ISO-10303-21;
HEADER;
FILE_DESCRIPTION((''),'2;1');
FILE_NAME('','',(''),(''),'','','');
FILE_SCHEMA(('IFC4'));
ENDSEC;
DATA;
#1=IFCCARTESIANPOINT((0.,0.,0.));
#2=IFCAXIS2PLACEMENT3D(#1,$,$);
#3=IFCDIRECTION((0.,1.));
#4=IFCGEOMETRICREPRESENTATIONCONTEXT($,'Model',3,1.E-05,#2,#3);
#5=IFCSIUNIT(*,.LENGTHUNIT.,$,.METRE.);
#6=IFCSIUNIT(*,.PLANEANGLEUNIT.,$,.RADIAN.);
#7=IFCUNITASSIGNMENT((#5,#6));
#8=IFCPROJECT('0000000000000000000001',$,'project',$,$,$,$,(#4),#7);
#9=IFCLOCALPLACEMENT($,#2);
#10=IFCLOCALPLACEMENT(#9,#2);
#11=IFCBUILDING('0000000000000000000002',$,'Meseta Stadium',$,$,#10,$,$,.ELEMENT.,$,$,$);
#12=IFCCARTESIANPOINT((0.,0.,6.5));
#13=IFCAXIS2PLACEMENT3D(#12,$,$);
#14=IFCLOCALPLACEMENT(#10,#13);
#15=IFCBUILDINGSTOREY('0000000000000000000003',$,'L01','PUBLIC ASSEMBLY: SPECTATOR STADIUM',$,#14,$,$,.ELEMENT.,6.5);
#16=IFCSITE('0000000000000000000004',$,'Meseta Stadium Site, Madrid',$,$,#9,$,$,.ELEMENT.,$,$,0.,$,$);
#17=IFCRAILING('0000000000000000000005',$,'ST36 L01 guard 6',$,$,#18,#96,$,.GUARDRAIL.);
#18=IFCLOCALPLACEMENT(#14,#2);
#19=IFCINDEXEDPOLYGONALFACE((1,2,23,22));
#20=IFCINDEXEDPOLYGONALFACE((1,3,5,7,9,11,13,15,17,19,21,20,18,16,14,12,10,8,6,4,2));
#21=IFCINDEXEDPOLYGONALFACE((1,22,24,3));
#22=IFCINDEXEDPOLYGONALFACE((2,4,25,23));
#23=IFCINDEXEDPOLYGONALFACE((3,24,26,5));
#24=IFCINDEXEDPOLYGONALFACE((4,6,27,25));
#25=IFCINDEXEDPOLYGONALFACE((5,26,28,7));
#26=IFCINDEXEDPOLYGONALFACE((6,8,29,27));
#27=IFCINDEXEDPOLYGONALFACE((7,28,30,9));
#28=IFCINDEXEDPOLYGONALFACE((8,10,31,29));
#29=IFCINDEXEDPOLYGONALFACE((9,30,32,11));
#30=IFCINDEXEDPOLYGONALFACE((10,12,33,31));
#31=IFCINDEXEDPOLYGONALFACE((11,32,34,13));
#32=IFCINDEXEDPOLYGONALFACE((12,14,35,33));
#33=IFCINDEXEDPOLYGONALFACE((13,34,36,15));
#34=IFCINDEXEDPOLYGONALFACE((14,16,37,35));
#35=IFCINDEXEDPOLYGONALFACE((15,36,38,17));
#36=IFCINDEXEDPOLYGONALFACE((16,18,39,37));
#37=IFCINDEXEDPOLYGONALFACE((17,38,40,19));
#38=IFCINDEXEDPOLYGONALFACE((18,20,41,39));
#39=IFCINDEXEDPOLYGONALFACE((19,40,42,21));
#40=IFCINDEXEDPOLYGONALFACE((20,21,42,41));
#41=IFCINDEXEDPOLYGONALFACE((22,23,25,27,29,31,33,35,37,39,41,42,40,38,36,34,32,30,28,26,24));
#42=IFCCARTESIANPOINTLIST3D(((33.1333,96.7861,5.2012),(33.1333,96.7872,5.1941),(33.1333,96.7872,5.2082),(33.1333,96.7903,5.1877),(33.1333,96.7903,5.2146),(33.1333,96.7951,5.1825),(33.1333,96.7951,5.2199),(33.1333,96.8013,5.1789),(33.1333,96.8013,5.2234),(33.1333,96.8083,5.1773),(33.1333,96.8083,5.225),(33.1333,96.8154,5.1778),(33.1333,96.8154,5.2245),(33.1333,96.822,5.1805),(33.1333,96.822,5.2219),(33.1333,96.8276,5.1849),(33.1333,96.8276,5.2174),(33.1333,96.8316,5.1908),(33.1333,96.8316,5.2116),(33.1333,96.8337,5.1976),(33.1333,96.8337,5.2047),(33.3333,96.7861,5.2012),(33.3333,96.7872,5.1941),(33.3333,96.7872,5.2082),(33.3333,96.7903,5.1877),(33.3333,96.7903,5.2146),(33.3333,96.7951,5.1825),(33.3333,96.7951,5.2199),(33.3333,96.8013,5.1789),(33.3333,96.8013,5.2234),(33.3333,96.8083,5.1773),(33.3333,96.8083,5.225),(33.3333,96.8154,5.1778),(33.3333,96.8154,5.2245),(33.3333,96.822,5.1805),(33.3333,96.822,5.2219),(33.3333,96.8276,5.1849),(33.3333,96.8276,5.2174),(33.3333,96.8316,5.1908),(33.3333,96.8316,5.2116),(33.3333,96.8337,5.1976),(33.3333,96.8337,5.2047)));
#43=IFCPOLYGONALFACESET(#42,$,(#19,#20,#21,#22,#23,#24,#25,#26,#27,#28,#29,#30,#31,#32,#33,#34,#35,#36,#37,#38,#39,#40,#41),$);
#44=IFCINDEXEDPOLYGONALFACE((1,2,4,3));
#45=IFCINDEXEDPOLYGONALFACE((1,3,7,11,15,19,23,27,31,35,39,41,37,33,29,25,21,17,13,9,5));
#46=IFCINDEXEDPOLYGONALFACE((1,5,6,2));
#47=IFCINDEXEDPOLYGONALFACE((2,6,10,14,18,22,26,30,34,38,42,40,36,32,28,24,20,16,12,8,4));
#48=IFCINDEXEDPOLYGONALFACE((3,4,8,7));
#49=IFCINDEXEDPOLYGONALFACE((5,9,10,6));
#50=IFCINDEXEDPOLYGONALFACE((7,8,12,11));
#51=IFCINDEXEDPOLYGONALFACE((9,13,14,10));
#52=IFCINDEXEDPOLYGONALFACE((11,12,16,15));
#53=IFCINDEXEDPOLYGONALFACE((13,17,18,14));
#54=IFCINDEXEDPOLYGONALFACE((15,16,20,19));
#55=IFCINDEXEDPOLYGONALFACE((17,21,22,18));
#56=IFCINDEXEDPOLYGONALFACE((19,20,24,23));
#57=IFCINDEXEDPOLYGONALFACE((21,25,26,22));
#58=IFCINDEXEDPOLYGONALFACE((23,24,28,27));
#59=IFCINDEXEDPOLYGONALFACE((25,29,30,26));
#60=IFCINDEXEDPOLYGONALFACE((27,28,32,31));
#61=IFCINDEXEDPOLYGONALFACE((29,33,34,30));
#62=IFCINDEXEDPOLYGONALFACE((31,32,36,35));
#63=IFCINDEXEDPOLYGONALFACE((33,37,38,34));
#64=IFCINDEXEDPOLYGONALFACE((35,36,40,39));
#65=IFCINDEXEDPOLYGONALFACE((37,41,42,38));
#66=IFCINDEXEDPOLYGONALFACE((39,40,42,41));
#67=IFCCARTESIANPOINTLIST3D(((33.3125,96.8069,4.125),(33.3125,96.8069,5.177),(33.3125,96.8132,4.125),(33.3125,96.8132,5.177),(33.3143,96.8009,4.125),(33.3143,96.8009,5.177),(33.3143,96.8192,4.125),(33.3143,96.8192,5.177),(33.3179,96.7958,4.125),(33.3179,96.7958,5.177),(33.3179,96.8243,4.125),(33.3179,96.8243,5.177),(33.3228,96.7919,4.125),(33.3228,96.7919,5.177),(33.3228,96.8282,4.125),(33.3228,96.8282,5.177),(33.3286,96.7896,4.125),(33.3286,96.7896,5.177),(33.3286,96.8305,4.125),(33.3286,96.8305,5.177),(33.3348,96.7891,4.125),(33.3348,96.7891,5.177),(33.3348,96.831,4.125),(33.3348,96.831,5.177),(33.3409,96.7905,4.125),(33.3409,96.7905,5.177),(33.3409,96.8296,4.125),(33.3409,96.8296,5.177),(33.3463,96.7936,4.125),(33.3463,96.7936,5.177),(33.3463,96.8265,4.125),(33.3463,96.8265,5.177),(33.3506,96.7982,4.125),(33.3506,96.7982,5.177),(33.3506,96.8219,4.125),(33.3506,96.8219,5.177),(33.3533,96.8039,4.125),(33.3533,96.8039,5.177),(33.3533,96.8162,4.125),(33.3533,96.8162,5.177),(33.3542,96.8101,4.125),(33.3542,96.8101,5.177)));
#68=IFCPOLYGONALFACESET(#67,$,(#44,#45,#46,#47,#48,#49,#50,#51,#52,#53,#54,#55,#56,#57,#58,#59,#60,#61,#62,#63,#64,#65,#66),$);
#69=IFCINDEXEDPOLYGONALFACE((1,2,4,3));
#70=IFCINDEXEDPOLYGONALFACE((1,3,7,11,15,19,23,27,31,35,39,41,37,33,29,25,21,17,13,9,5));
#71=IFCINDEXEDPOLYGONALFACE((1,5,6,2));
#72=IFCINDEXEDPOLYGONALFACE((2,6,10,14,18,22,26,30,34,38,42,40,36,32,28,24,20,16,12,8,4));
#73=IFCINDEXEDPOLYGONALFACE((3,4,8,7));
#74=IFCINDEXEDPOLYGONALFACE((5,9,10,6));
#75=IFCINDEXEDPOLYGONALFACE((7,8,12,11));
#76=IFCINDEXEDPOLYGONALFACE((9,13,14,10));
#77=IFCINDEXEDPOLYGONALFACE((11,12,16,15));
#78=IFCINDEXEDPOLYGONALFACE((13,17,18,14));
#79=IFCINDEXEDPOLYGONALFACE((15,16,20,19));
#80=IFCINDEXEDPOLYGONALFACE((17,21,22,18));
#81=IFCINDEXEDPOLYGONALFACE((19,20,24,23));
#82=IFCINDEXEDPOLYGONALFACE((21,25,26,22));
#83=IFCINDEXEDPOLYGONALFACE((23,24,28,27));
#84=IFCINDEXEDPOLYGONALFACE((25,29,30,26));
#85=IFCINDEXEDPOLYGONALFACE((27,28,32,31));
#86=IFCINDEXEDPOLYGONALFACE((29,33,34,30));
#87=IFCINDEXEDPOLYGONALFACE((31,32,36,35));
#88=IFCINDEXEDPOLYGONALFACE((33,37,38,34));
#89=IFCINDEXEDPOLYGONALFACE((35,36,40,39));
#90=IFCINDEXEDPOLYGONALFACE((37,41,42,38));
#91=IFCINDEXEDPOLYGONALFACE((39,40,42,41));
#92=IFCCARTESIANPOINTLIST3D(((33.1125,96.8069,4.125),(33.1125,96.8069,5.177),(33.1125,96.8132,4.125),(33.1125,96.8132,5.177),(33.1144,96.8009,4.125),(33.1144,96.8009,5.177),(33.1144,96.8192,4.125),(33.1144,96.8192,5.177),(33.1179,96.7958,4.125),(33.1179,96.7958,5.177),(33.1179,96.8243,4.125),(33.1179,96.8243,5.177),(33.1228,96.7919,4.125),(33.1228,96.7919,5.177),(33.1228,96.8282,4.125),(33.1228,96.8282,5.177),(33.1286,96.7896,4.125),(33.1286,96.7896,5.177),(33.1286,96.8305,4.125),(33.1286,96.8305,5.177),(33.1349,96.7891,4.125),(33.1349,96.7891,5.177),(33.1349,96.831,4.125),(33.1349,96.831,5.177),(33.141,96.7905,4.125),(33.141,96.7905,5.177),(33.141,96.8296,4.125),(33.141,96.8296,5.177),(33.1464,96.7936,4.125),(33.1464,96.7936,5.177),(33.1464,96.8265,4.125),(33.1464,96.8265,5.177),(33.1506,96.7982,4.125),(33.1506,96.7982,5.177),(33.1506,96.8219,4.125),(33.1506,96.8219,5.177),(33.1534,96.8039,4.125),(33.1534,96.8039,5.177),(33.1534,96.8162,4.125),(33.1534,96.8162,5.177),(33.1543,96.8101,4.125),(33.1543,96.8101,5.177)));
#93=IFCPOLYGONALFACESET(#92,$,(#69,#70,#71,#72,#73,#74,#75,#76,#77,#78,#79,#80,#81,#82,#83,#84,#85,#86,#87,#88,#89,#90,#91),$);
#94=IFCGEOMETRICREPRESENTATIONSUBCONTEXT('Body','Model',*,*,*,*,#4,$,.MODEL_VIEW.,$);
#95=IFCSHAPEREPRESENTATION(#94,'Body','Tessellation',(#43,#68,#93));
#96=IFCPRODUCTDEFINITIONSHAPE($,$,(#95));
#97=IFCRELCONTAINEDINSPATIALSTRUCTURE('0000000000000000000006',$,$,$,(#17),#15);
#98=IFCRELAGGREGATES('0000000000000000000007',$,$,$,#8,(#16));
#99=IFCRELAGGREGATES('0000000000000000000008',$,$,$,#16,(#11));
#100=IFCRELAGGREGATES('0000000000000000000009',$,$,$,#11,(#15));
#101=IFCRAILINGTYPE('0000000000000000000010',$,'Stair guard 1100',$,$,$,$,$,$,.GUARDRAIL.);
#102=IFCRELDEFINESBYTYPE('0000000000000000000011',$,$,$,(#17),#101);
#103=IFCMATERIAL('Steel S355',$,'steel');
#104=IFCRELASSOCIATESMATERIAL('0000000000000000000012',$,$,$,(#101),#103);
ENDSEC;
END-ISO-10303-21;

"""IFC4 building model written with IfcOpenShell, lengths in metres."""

from ifc_helpers import new_model, si_unit, direction, frame, origin, origin_2d, place, context, subcontext, project, spatial, circle, extrude, material, type_object, element, save


model = new_model("IFC4")

# Units and contexts
model_context = context("Model", 3, precision=1e-05, world=origin(), true_north=direction((0.0, 1.0)))
body_context = subcontext(model_context, "Body", "Model", "MODEL_VIEW")
ifc_project = project(units=[si_unit("LENGTHUNIT", "METRE"), si_unit("PLANEANGLEUNIT", "RADIAN")], contexts=[model_context])

# Site, building, storey
site_placement = place(None, origin())
site = spatial("IfcSite", under=ifc_project, at=site_placement, Name="Meseta Stadium Site, Madrid", CompositionType="ELEMENT", RefElevation=0.0)
building_placement = place(site_placement, origin())
building = spatial("IfcBuilding", under=site, at=building_placement, Name="Meseta Stadium", CompositionType="ELEMENT")
storey_placement = place(building_placement, frame((0.0, 0.0, 6.5)))
storey = spatial("IfcBuildingStorey", under=building, at=storey_placement, Name="L01", Description="PUBLIC ASSEMBLY: SPECTATOR STADIUM", CompositionType="ELEMENT", Elevation=6.5)

# Railing
ifc_material_1 = material(Name="Steel S355", Category="steel")
railing_type_1 = type_object("IfcRailingType", Name="Stair guard 1100", PredefinedType="GUARDRAIL", material=ifc_material_1)
railing_1_placement = place(storey_placement, frame((33.3333, 96.8101, 4.125)))
element("IfcRailing", 1, at=railing_1_placement, inside=storey, type_object=railing_type_1, Name="ST36 L01 guard 6", PredefinedType="GUARDRAIL", context=body_context, shape_type="SweptSolid", body=[
    extrude(circle(Radius=0.0239, at=origin_2d()), frame((0.0, 0.0, 1.0762), z_axis=(-1.0, 0.0, 0.0), x_axis=(0.0, -1.0, 0.0)), (0.0, 0.0, 1.0), 0.2),
    extrude(circle(Radius=0.021, at=origin_2d()), origin(), (0.0, 0.0, 1.0), 1.052),
    extrude(circle(Radius=0.021, at=origin_2d()), frame((-0.2, 0.0, 0.0)), (0.0, 0.0, 1.0), 1.052),
])

save(model, "model.ifc")
